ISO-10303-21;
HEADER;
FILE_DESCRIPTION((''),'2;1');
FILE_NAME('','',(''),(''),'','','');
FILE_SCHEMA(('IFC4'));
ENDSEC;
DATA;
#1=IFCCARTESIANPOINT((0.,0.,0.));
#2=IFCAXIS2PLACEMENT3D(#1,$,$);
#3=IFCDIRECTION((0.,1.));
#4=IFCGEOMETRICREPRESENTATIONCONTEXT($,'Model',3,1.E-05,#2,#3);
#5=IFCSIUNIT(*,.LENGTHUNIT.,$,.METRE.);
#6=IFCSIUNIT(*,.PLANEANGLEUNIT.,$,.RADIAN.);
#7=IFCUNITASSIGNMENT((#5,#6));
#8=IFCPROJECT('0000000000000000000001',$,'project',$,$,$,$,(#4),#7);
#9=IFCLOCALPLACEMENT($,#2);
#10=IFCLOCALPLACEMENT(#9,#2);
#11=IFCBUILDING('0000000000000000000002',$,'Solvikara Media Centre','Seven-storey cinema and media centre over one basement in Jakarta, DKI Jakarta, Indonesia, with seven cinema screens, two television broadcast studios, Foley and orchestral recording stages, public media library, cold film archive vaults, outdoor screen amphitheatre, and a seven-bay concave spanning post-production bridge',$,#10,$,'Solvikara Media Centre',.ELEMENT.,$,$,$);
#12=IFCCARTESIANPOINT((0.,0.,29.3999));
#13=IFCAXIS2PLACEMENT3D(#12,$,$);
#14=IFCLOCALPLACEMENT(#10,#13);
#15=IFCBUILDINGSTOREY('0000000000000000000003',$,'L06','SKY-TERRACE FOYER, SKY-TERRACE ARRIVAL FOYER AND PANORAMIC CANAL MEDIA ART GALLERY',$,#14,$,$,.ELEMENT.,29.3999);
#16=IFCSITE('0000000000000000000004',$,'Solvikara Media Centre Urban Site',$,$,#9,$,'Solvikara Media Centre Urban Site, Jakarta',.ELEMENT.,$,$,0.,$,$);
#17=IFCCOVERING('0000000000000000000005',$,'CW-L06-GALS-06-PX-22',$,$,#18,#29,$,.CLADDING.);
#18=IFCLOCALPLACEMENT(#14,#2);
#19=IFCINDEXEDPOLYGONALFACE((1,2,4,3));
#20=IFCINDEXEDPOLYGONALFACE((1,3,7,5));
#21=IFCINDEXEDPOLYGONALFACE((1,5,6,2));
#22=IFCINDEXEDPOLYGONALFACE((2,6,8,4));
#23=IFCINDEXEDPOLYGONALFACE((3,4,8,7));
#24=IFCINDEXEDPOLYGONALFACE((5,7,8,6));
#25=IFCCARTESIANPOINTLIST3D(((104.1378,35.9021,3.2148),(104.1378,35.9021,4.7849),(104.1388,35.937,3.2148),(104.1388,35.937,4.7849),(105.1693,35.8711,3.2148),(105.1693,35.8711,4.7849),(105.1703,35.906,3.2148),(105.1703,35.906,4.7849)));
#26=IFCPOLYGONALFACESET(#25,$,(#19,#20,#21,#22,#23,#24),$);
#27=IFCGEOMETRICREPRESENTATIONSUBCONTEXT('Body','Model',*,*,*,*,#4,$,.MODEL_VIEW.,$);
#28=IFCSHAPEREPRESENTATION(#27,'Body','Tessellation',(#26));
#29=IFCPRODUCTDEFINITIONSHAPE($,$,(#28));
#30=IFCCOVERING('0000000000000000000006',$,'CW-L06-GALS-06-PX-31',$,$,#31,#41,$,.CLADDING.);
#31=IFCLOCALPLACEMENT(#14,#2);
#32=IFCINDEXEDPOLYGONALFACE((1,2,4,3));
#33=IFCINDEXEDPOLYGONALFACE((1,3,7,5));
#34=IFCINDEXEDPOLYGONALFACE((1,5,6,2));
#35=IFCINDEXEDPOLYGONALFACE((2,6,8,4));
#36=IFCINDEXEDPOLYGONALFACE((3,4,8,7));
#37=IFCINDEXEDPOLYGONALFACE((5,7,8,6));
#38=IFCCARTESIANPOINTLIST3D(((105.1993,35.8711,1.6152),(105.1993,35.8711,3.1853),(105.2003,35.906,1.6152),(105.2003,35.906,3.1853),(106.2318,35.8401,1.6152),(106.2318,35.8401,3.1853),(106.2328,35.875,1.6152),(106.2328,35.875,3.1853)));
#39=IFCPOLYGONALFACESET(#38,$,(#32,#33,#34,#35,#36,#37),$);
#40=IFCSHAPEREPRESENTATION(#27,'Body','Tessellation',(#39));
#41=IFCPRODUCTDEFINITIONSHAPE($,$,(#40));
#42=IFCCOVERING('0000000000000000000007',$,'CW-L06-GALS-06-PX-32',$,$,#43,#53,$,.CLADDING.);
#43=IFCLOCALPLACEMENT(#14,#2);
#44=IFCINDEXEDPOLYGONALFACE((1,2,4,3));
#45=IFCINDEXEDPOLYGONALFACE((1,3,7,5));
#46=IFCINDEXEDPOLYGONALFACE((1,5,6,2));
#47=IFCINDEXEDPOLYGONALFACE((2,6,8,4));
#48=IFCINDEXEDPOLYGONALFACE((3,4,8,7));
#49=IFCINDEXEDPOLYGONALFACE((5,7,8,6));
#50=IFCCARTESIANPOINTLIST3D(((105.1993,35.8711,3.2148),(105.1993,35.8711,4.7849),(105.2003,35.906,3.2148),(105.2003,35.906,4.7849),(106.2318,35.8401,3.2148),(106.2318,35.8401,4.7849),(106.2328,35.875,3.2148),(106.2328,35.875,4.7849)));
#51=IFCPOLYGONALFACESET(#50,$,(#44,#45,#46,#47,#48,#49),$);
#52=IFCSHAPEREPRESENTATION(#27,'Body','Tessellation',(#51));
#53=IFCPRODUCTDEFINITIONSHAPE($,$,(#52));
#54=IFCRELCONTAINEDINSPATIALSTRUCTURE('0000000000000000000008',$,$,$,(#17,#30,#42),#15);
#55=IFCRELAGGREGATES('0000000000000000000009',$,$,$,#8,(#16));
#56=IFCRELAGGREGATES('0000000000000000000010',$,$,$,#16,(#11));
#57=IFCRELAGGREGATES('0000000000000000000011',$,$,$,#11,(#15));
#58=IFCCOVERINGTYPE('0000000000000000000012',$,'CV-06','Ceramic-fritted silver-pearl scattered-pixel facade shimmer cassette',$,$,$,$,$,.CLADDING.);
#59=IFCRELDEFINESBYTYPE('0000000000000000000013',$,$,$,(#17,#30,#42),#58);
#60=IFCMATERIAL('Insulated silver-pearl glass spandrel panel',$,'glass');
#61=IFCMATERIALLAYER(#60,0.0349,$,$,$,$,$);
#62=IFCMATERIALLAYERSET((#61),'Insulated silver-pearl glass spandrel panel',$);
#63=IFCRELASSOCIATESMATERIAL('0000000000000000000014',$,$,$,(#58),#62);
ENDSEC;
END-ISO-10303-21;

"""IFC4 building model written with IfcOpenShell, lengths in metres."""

from ifc_helpers import new_model, si_unit, direction, frame, origin, origin_2d, place, context, subcontext, project, spatial, rectangle, extrude, material, layer, layer_set, type_object, element, save


model = new_model("IFC4")

# Units and contexts
model_context = context("Model", 3, precision=1e-05, world=origin(), true_north=direction((0.0, 1.0)))
body_context = subcontext(model_context, "Body", "Model", "MODEL_VIEW")
ifc_project = project(units=[si_unit("LENGTHUNIT", "METRE"), si_unit("PLANEANGLEUNIT", "RADIAN")], contexts=[model_context])

# Site, building, storey
site_placement = place(None, origin())
site = spatial("IfcSite", under=ifc_project, at=site_placement, Name="Solvikara Media Centre Urban Site", LongName="Solvikara Media Centre Urban Site, Jakarta", CompositionType="ELEMENT", RefElevation=0.0)
building_placement = place(site_placement, origin())
building = spatial("IfcBuilding", under=site, at=building_placement, Name="Solvikara Media Centre", Description="Seven-storey cinema and media centre over one basement in Jakarta, DKI Jakarta, Indonesia, with seven cinema screens, two television broadcast studios, Foley and orchestral recording stages, public media library, cold film archive vaults, outdoor screen amphitheatre, and a seven-bay concave spanning post-production bridge", LongName="Solvikara Media Centre", CompositionType="ELEMENT")
storey_placement = place(building_placement, frame((0.0, 0.0, 29.3999)))
storey = spatial("IfcBuildingStorey", under=building, at=storey_placement, Name="L06", Description="SKY-TERRACE FOYER, SKY-TERRACE ARRIVAL FOYER AND PANORAMIC CANAL MEDIA ART GALLERY", CompositionType="ELEMENT", Elevation=29.3999)

# Coverings
ifc_material_1 = material(Name="Insulated silver-pearl glass spandrel panel", Category="glass")
ifc_layer_1 = layer(ifc_material_1, 0.0349)
ifc_layer_set_1 = layer_set([ifc_layer_1], Name="Insulated silver-pearl glass spandrel panel")
covering_type = type_object("IfcCoveringType", Name="CV-06", Description="Ceramic-fritted silver-pearl scattered-pixel facade shimmer cassette", PredefinedType="CLADDING", material=ifc_layer_set_1)
for number, where, z_axis, x_axis, name in (
    (1, (104.6541, 35.9041, 3.2148), (0.0, 0.0, 1.0), (0.999549, -0.030033, 0.0), "CW-L06-GALS-06-PX-22"),
):
    element("IfcCovering", number, at=place(storey_placement, frame(where, z_axis=z_axis, x_axis=x_axis)), inside=storey, type_object=covering_type, Name=name, PredefinedType="CLADDING", context=body_context, shape_type="SweptSolid", body=[
        extrude(rectangle(XDim=1.032, YDim=0.0349, at=origin_2d()), origin(), (0.0, 0.0, 1.0), 1.5701),
    ])
for number, where, z_axis, x_axis, name in (
    (2, (105.7161, 35.873, 1.6152), (0.0, 0.0, 1.0), (0.99955, -0.029998, 0.0), "CW-L06-GALS-06-PX-31"),
    (3, (105.7161, 35.873, 3.2148), (0.0, 0.0, 1.0), (0.99955, -0.029998, 0.0), "CW-L06-GALS-06-PX-32"),
):
    element("IfcCovering", number, at=place(storey_placement, frame(where, z_axis=z_axis, x_axis=x_axis)), inside=storey, type_object=covering_type, Name=name, PredefinedType="CLADDING", context=body_context, shape_type="SweptSolid", body=[
        extrude(rectangle(XDim=1.033, YDim=0.0349, at=origin_2d()), origin(), (0.0, 0.0, 1.0), 1.5701),
    ])

save(model, "model.ifc")
